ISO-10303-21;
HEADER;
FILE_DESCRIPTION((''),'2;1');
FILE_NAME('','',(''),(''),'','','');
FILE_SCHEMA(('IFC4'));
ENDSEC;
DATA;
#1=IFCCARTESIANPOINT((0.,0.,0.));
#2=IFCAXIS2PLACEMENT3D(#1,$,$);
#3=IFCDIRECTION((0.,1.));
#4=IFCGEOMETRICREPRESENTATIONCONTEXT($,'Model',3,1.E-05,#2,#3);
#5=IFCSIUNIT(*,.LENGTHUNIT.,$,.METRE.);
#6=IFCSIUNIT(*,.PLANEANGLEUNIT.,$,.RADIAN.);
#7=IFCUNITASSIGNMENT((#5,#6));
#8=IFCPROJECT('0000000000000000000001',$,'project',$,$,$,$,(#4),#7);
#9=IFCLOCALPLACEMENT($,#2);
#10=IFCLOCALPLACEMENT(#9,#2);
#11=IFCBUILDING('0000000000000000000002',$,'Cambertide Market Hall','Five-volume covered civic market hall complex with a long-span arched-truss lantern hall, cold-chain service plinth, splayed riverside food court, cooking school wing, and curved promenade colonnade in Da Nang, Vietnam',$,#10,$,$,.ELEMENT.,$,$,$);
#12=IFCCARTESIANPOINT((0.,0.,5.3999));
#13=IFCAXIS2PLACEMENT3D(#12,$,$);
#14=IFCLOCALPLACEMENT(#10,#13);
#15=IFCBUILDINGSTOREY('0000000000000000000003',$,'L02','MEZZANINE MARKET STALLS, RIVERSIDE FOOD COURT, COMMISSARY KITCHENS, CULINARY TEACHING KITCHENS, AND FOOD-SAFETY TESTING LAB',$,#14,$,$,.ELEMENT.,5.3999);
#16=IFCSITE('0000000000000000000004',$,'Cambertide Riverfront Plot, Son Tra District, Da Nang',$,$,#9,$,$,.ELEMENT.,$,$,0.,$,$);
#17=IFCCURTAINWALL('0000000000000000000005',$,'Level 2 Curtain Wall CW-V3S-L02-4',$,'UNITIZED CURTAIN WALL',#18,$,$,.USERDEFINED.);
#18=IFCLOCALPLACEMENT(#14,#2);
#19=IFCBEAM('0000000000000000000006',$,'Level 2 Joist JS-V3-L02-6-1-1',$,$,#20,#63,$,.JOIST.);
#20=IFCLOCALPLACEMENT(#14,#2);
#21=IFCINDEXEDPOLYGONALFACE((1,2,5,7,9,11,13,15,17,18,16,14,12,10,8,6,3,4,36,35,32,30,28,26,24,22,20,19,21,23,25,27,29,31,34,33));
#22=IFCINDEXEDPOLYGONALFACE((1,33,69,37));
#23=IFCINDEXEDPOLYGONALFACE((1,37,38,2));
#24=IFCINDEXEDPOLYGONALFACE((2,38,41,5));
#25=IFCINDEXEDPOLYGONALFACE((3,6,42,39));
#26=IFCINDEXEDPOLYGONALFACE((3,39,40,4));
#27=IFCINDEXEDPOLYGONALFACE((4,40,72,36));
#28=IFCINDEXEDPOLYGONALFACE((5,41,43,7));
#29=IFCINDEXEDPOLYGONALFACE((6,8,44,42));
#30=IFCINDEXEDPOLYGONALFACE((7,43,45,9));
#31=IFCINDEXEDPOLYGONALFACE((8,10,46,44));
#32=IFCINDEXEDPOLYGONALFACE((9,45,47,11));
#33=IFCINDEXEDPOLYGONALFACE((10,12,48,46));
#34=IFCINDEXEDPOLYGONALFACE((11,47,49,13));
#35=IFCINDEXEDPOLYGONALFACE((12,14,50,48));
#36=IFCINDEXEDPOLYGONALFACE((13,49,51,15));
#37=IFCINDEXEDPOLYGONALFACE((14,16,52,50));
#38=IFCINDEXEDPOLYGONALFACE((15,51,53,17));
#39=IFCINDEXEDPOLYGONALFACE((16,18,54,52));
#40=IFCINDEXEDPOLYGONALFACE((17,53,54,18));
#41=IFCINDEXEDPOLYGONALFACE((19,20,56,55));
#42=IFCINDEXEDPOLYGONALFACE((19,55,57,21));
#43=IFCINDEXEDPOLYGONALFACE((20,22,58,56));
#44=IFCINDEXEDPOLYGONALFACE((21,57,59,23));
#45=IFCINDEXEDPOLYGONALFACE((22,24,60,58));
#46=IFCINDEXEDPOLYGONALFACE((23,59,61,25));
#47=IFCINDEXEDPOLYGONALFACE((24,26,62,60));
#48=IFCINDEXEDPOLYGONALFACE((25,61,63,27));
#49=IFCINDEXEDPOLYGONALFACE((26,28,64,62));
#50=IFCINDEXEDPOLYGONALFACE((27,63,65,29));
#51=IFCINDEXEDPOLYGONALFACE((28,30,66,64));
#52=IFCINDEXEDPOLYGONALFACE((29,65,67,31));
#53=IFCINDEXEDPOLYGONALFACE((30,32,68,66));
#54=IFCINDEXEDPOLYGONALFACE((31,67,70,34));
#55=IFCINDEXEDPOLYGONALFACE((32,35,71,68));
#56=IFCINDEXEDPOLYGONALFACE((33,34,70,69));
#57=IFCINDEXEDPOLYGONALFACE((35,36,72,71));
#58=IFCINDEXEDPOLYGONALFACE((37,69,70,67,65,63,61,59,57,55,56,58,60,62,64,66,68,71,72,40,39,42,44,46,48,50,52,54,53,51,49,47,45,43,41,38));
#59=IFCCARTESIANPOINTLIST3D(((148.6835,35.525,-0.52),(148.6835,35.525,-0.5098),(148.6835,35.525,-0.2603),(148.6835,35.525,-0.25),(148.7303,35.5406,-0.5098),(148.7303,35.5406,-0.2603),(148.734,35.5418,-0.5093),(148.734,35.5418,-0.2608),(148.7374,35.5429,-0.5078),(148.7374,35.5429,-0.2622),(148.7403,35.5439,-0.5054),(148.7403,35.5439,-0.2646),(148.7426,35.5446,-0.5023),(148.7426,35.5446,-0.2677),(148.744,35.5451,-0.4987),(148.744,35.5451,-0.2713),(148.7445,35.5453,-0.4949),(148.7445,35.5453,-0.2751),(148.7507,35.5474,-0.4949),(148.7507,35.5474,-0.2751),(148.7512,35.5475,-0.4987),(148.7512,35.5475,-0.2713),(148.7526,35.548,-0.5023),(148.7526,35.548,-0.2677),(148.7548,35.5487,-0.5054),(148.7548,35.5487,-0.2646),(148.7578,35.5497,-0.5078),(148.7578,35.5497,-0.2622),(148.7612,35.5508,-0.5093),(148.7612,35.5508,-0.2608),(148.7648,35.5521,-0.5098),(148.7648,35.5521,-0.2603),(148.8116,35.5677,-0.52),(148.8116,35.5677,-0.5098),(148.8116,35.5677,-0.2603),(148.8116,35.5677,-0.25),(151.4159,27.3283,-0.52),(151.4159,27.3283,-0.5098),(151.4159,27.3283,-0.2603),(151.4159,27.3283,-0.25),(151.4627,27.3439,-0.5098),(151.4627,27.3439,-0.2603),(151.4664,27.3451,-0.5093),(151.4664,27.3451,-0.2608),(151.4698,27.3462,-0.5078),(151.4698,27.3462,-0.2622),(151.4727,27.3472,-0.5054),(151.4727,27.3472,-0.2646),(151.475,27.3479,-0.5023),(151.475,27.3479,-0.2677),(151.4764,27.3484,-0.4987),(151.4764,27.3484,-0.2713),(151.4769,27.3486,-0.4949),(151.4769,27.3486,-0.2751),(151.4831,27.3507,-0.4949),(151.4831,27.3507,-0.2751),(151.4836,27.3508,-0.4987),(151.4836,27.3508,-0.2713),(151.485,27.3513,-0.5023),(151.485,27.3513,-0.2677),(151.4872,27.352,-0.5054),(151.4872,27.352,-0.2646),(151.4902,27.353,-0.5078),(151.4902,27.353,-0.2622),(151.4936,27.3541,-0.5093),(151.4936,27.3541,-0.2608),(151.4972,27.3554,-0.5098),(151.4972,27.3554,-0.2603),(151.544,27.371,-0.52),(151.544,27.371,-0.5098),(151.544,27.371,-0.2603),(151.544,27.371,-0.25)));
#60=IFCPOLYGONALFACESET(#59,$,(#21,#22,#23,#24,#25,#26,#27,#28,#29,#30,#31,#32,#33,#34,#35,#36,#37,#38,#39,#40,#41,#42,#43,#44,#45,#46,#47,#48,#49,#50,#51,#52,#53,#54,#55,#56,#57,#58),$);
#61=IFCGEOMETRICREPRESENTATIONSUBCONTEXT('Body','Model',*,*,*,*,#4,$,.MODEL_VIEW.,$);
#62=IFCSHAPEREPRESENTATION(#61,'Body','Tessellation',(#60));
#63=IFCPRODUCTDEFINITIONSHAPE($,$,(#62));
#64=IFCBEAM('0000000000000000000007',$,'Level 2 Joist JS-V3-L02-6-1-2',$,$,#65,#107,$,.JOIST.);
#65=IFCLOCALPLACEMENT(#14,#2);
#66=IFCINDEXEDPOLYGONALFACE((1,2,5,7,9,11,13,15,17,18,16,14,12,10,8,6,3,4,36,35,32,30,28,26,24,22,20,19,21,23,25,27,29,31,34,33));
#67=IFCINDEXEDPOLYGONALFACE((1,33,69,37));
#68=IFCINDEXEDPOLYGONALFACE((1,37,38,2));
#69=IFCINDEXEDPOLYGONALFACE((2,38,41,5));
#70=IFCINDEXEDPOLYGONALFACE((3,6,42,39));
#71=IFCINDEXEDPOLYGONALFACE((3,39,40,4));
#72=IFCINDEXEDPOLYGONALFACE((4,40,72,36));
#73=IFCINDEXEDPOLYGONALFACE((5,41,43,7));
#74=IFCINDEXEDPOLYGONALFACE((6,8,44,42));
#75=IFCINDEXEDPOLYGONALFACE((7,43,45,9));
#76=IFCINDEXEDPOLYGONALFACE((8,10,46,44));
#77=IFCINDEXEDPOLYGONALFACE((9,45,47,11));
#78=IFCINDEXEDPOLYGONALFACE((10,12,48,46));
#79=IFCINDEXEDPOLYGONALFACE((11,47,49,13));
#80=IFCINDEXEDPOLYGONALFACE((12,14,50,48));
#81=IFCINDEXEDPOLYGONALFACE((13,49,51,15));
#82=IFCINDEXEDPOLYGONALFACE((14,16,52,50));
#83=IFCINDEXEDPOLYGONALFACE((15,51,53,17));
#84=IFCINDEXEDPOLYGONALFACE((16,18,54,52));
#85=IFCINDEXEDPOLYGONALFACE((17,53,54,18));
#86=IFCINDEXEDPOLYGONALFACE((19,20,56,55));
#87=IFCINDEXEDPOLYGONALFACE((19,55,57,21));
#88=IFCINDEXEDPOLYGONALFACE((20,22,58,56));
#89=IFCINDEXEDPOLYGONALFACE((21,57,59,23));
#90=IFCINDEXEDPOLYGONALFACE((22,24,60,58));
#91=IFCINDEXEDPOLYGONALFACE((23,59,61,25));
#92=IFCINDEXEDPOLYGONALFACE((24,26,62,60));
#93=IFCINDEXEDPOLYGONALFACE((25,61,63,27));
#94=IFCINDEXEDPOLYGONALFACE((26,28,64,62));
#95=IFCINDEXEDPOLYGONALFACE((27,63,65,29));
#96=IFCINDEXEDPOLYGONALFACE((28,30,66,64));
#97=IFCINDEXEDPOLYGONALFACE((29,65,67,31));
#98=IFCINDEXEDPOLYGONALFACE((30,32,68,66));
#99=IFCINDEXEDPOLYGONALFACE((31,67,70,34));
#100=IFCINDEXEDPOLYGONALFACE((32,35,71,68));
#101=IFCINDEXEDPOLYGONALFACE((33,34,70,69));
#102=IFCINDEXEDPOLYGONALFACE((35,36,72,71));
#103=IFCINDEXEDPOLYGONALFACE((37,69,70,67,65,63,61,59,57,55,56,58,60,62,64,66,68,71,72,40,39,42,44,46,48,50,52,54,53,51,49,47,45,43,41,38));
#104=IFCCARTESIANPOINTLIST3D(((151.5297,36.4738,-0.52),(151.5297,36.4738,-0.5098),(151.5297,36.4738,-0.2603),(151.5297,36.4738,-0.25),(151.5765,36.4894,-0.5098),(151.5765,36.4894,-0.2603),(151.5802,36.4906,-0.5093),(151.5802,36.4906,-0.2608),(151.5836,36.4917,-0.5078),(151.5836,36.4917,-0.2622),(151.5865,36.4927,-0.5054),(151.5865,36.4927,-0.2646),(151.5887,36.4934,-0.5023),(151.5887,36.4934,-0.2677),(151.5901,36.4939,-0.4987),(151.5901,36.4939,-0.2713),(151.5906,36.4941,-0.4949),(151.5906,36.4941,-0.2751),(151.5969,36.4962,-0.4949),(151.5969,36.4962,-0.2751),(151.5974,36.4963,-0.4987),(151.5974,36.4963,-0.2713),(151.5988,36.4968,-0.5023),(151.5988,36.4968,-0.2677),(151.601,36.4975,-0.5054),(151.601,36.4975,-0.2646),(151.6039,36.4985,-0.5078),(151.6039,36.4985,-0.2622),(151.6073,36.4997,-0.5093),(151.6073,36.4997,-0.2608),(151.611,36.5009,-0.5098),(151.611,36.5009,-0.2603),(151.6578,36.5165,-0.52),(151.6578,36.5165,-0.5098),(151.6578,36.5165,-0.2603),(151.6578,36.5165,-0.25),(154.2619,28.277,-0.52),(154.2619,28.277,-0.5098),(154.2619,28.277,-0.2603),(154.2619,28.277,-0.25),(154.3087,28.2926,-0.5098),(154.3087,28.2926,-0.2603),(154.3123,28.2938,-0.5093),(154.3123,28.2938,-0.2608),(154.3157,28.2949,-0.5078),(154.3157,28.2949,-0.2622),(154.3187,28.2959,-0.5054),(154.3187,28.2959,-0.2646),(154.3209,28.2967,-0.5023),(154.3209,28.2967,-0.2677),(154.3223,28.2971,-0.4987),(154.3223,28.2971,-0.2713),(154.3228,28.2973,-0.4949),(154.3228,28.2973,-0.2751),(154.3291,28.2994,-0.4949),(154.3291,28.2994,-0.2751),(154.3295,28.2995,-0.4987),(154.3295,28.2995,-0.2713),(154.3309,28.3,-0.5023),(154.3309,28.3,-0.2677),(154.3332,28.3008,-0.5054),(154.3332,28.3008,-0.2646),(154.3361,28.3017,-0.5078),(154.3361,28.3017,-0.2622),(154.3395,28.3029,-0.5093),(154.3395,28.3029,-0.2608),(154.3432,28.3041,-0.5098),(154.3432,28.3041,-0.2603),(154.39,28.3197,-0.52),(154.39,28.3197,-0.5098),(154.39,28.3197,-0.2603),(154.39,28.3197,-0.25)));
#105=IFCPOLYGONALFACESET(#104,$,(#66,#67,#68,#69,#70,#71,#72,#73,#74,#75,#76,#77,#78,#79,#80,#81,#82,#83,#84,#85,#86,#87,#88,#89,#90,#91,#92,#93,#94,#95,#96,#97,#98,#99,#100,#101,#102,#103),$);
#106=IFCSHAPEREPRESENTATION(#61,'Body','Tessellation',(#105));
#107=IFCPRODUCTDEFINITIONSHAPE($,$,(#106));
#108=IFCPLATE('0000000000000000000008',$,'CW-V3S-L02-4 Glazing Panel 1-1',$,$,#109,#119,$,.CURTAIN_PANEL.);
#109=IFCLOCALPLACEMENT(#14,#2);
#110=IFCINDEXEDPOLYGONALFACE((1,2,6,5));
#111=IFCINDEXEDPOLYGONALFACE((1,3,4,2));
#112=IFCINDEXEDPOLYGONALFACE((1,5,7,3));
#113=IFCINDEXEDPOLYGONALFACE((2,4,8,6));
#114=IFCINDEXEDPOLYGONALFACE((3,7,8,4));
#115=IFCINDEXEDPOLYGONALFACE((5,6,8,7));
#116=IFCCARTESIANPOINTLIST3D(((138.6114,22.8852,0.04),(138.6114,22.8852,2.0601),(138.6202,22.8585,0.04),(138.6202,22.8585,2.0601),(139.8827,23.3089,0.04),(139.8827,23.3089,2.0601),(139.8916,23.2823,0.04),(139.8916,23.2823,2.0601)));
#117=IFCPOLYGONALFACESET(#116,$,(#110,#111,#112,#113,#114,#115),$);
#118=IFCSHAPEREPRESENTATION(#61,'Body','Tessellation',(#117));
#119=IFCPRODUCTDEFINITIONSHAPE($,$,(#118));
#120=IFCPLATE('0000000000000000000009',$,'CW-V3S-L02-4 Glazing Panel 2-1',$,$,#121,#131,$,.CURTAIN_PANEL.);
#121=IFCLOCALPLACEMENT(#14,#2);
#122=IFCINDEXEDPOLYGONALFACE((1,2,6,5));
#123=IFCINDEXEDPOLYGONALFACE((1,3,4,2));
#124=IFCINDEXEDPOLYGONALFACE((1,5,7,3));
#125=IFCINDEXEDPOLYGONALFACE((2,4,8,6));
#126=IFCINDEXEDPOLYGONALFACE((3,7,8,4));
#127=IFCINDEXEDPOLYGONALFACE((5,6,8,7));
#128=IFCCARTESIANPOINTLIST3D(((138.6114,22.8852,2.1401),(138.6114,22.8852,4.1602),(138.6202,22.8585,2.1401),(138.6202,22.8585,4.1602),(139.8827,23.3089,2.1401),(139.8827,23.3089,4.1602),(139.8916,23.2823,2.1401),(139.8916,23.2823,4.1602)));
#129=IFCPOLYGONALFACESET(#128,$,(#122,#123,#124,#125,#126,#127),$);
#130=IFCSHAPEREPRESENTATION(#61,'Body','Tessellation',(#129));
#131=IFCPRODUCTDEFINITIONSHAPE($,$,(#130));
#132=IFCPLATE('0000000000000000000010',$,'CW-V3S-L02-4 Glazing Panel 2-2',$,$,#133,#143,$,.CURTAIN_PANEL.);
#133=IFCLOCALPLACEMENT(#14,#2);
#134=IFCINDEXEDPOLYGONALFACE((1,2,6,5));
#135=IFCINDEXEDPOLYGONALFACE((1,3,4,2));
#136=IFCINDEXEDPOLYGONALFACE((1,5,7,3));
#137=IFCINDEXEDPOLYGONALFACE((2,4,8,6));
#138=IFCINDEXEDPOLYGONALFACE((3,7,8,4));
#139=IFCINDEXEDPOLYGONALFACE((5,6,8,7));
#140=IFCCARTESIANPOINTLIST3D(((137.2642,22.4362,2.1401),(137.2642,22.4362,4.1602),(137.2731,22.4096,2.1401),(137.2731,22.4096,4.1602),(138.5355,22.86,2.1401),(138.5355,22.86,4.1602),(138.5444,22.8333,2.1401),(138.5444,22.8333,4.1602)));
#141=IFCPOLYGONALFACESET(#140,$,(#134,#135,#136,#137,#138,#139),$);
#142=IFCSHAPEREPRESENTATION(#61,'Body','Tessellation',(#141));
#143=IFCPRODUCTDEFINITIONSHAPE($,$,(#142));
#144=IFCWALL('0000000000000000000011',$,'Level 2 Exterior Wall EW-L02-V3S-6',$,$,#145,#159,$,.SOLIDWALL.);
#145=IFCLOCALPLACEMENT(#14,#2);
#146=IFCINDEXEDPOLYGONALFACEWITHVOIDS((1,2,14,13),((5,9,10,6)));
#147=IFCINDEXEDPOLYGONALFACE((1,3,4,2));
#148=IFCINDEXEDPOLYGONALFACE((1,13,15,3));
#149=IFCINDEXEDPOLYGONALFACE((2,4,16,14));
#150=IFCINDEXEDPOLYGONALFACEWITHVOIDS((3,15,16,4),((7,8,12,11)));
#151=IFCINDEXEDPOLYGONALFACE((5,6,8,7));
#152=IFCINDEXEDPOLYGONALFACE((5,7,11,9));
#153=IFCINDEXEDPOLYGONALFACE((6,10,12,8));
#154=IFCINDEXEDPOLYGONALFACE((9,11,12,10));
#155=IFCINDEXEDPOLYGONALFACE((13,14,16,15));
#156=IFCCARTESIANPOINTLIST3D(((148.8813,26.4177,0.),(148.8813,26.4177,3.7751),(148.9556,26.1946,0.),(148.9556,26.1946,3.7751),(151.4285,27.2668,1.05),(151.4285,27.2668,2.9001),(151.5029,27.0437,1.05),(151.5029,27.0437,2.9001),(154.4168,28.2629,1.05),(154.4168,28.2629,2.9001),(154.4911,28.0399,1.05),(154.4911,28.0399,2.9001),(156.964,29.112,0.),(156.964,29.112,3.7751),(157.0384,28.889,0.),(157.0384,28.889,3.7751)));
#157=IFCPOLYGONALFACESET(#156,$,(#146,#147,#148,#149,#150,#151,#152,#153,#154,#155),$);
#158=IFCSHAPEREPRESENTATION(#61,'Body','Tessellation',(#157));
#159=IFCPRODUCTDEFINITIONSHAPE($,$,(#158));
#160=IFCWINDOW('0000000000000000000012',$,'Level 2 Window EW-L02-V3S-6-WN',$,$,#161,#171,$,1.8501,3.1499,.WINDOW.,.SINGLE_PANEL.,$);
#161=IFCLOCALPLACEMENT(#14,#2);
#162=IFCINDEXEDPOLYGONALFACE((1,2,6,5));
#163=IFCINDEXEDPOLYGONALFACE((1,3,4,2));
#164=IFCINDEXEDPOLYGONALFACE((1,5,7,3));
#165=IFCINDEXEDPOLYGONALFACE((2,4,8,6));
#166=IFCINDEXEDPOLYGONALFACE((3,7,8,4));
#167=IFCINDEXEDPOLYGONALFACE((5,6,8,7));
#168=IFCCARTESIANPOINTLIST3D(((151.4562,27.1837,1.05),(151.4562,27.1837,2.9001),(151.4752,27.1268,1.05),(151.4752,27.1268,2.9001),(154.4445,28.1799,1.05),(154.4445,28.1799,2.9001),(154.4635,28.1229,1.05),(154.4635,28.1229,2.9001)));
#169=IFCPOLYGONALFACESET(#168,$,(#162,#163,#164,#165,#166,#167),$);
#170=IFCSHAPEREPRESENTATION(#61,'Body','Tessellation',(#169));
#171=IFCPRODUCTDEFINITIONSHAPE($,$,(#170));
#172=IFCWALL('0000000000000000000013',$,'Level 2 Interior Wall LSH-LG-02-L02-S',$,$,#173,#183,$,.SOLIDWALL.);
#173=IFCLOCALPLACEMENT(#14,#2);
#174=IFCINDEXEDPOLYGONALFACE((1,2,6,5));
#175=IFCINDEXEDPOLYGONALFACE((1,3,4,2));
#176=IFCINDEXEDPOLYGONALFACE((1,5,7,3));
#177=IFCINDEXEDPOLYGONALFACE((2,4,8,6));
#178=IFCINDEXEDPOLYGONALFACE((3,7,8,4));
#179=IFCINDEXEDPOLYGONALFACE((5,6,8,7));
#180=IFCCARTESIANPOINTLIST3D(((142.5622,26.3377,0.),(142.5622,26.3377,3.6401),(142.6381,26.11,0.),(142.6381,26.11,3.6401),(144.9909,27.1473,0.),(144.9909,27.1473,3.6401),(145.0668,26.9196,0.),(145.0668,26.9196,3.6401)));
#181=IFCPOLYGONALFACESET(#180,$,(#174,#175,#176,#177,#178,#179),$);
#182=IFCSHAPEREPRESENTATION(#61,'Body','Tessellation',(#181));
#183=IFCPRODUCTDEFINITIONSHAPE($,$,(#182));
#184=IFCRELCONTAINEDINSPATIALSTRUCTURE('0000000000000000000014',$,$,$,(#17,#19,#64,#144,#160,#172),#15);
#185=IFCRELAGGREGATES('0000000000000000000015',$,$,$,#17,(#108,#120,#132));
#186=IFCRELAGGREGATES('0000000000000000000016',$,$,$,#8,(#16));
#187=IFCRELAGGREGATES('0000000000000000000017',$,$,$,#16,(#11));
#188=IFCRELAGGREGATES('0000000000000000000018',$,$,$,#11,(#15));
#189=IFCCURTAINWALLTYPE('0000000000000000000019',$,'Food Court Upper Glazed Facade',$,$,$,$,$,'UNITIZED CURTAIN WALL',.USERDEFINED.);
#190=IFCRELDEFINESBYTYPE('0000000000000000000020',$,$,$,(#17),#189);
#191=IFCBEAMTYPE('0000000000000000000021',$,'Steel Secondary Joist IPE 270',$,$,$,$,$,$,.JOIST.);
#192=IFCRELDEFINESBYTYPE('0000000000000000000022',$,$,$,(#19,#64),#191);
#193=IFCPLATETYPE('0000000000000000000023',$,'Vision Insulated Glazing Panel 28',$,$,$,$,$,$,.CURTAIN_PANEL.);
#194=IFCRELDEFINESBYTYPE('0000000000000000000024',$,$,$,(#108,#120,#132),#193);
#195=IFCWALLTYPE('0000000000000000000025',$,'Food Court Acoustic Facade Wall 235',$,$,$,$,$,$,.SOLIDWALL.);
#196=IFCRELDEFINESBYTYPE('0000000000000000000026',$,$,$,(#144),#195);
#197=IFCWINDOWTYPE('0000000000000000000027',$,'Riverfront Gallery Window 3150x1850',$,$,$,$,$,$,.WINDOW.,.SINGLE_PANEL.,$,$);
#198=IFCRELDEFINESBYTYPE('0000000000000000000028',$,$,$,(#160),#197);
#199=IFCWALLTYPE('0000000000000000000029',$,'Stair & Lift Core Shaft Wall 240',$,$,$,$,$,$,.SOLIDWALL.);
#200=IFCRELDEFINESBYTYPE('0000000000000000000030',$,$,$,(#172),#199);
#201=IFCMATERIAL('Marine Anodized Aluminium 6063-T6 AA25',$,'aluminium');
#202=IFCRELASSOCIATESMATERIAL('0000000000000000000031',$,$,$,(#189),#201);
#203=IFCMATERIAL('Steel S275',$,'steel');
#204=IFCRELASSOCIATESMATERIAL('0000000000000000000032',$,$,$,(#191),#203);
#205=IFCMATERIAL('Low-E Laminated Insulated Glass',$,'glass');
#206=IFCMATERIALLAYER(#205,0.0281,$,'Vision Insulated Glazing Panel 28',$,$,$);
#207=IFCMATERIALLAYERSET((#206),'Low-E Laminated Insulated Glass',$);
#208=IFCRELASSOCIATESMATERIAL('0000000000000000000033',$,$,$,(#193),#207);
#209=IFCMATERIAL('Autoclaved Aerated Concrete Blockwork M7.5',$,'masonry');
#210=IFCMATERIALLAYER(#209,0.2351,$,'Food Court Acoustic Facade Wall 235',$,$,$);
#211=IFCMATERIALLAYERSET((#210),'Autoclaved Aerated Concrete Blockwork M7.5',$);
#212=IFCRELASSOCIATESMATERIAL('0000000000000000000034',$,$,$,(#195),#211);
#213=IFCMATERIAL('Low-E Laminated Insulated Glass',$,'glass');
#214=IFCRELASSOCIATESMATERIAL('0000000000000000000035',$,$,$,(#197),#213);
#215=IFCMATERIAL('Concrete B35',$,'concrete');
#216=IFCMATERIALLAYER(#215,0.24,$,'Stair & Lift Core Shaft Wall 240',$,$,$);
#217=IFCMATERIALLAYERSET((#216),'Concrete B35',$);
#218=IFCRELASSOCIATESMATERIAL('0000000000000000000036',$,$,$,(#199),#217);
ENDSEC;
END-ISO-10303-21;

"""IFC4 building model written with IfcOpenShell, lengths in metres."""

from ifc_helpers import new_model, si_unit, direction, frame, frame_2d, origin, origin_2d, place, context, subcontext, project, spatial, rectangle, i_section, extrude, material, layer, layer_set, material_profile, profile_set, type_object, element, fill, aggregate, save


model = new_model("IFC4")

# Units and contexts
model_context = context("Model", 3, precision=1e-05, world=origin(), true_north=direction((0.0, 1.0)))
body_context = subcontext(model_context, "Body", "Model", "MODEL_VIEW")
ifc_project = project(units=[si_unit("LENGTHUNIT", "METRE"), si_unit("PLANEANGLEUNIT", "RADIAN")], contexts=[model_context])

# Site, building, storey
site_placement = place(None, origin())
site = spatial("IfcSite", under=ifc_project, at=site_placement, Name="Cambertide Riverfront Plot, Son Tra District, Da Nang", CompositionType="ELEMENT", RefElevation=0.0)
building_placement = place(site_placement, origin())
building = spatial("IfcBuilding", under=site, at=building_placement, Name="Cambertide Market Hall", Description="Five-volume covered civic market hall complex with a long-span arched-truss lantern hall, cold-chain service plinth, splayed riverside food court, cooking school wing, and curved promenade colonnade in Da Nang, Vietnam", CompositionType="ELEMENT")
storey_placement = place(building_placement, frame((0.0, 0.0, 5.3999)))
storey = spatial("IfcBuildingStorey", under=building, at=storey_placement, Name="L02", Description="MEZZANINE MARKET STALLS, RIVERSIDE FOOD COURT, COMMISSARY KITCHENS, CULINARY TEACHING KITCHENS, AND FOOD-SAFETY TESTING LAB", CompositionType="ELEMENT", Elevation=5.3999)

# Curtain wall
ifc_material_1 = material(Name="Marine Anodized Aluminium 6063-T6 AA25", Category="aluminium")
curtain_wall_type = type_object("IfcCurtainWallType", Name="Food Court Upper Glazed Facade", ElementType="UNITIZED CURTAIN WALL", PredefinedType="USERDEFINED", material=ifc_material_1)
curtain_wall_placement = place(storey_placement, origin())
curtain_wall = element("IfcCurtainWall", 1, at=curtain_wall_placement, inside=storey, type_object=curtain_wall_type, Name="Level 2 Curtain Wall CW-V3S-L02-4", ObjectType="UNITIZED CURTAIN WALL", PredefinedType="USERDEFINED")

# Beams
ifc_material_2 = material(Name="Steel S275", Category="steel")
ifc_material_profile_1 = material_profile(ifc_material_2, i_section(OverallWidth=0.135, OverallDepth=0.27, WebThickness=0.0066, FlangeThickness=0.0103, FilletRadius=0.0149, at=origin_2d()), Name="IPE 270")
ifc_profile_set_1 = profile_set([ifc_material_profile_1], Name="Steel S275")
beam_type_1 = type_object("IfcBeamType", Name="Steel Secondary Joist IPE 270", PredefinedType="JOIST", material=ifc_profile_set_1)
for number, where, z_axis, x_axis, name in (
    (2, (151.48, 27.3496, -0.385), (-0.316245, 0.948678, 0.0), (-0.948678, -0.316245, 0.0), "Level 2 Joist JS-V3-L02-6-1-1"),
    (3, (154.3259, 28.2983, -0.385), (-0.316219, 0.948686, 0.0), (-0.948686, -0.316219, 0.0), "Level 2 Joist JS-V3-L02-6-1-2"),
):
    element("IfcBeam", number, at=place(storey_placement, frame(where, z_axis=z_axis, x_axis=x_axis)), inside=storey, type_object=beam_type_1, Name=name, PredefinedType="JOIST", context=body_context, shape_type="SweptSolid", body=[
        extrude(i_section(OverallWidth=0.135, OverallDepth=0.27, WebThickness=0.0066, FlangeThickness=0.0103, FilletRadius=0.0149, at=origin_2d()), origin(), (0.0, 0.0, 1.0), 8.6401),
    ])

# Plates
ifc_material_3 = material(Name="Low-E Laminated Insulated Glass", Category="glass")
ifc_layer_1 = layer(ifc_material_3, 0.0281, Name="Vision Insulated Glazing Panel 28")
ifc_layer_set_1 = layer_set([ifc_layer_1], Name="Low-E Laminated Insulated Glass")
plate_type = type_object("IfcPlateType", Name="Vision Insulated Glazing Panel 28", PredefinedType="CURTAIN_PANEL", material=ifc_layer_set_1)
plate_1_placement = place(storey_placement, frame((139.2515, 23.0837, 0.04), z_axis=(0.0, 0.0, 1.0), x_axis=(-0.948683, -0.316228, 0.0)))
plate_1 = element("IfcPlate", 4, at=plate_1_placement, type_object=plate_type, Name="CW-V3S-L02-4 Glazing Panel 1-1", PredefinedType="CURTAIN_PANEL", context=body_context, shape_type="SweptSolid", body=[
    extrude(rectangle(XDim=1.3401, YDim=0.0281, at=origin_2d()), origin(), (0.0, 0.0, 1.0), 2.02),
])
plate_2_placement = place(storey_placement, frame((139.2515, 23.0837, 2.1401), z_axis=(0.0, 0.0, 1.0), x_axis=(-0.948683, -0.316228, 0.0)))
plate_2 = element("IfcPlate", 5, at=plate_2_placement, type_object=plate_type, Name="CW-V3S-L02-4 Glazing Panel 2-1", PredefinedType="CURTAIN_PANEL", context=body_context, shape_type="SweptSolid", body=[
    extrude(rectangle(XDim=1.3401, YDim=0.0281, at=origin_2d()), origin(), (0.0, 0.0, 1.0), 2.02),
])
plate_3_placement = place(storey_placement, frame((137.9043, 22.6348, 2.1401), z_axis=(0.0, 0.0, 1.0), x_axis=(-0.948683, -0.316228, 0.0)))
plate_3 = element("IfcPlate", 6, at=plate_3_placement, type_object=plate_type, Name="CW-V3S-L02-4 Glazing Panel 2-2", PredefinedType="CURTAIN_PANEL", context=body_context, shape_type="SweptSolid", body=[
    extrude(rectangle(XDim=1.3401, YDim=0.0281, at=origin_2d()), origin(), (0.0, 0.0, 1.0), 2.02),
])
aggregate(curtain_wall, [plate_1, plate_2, plate_3])

# Wall, opening, window
ifc_material_4 = material(Name="Autoclaved Aerated Concrete Blockwork M7.5", Category="masonry")
ifc_layer_2 = layer(ifc_material_4, 0.2351, Name="Food Court Acoustic Facade Wall 235")
ifc_layer_set_2 = layer_set([ifc_layer_2], Name="Autoclaved Aerated Concrete Blockwork M7.5")
wall_type_1 = type_object("IfcWallType", Name="Food Court Acoustic Facade Wall 235", PredefinedType="SOLIDWALL", material=ifc_layer_set_2)
wall_1_placement = place(storey_placement, frame((157.0012, 29.0005, 0.0), z_axis=(0.0, 0.0, 1.0), x_axis=(-0.94868, -0.316236, 0.0)))
wall_1 = element("IfcWall", 7, at=wall_1_placement, inside=storey, type_object=wall_type_1, Name="Level 2 Exterior Wall EW-L02-V3S-6", PredefinedType="SOLIDWALL", context=body_context, shape_type="SweptSolid", body=[
    extrude(rectangle(XDim=8.52, YDim=0.2351, at=frame_2d((4.26, 0.0))), origin(), (0.0, 0.0, 1.0), 3.7751),
])
opening_1_placement = place(wall_1_placement, frame((2.6851, 0.0, 1.05)))
opening_1 = element("IfcOpeningElement", 8, at=opening_1_placement, cuts=wall_1, PredefinedType="OPENING", context=body_context, shape_type="SweptSolid", body=[
    extrude(rectangle(XDim=3.1499, YDim=1.8501, at=frame_2d((1.575, 0.925))), frame((0.0, 0.1274, 0.0), z_axis=(0.0, -1.0, 0.0), x_axis=(1.0, 0.0, 0.0)), (0.0, 0.0, 1.0), 0.2551),
])
ifc_material_5 = material(Name="Low-E Laminated Insulated Glass", Category="glass")
window_type = type_object("IfcWindowType", Name="Riverfront Gallery Window 3150x1850", PartitioningType="SINGLE_PANEL", PredefinedType="WINDOW", material=ifc_material_5)
window_1_placement = place(opening_1_placement, origin())
window_1 = element("IfcWindow", 9, at=window_1_placement, inside=storey, type_object=window_type, Name="Level 2 Window EW-L02-V3S-6-WN", OverallHeight=1.8501, OverallWidth=3.1499, PartitioningType="SINGLE_PANEL", PredefinedType="WINDOW", context=body_context, shape_type="SweptSolid", body=[
    extrude(rectangle(XDim=3.1499, YDim=1.8501, at=frame_2d((1.575, 0.925))), frame((0.0, 0.03, 0.0), z_axis=(0.0, -1.0, 0.0), x_axis=(1.0, 0.0, 0.0)), (0.0, 0.0, 1.0), 0.0601),
])
fill(opening_1, window_1)

# Wall
ifc_material_6 = material(Name="Concrete B35", Category="concrete")
ifc_layer_3 = layer(ifc_material_6, 0.24, Name="Stair & Lift Core Shaft Wall 240")
ifc_layer_set_3 = layer_set([ifc_layer_3], Name="Concrete B35")
wall_type_2 = type_object("IfcWallType", Name="Stair & Lift Core Shaft Wall 240", PredefinedType="SOLIDWALL", material=ifc_layer_set_3)
wall_2_placement = place(storey_placement, frame((145.0288, 27.0334, 0.0), z_axis=(0.0, 0.0, 1.0), x_axis=(-0.948683, -0.316228, 0.0)))
element("IfcWall", 10, at=wall_2_placement, inside=storey, type_object=wall_type_2, Name="Level 2 Interior Wall LSH-LG-02-L02-S", PredefinedType="SOLIDWALL", context=body_context, shape_type="SweptSolid", body=[
    extrude(rectangle(XDim=2.5601, YDim=0.24, at=frame_2d((1.28, 0.0))), origin(), (0.0, 0.0, 1.0), 3.6401),
])

save(model, "model.ifc")
